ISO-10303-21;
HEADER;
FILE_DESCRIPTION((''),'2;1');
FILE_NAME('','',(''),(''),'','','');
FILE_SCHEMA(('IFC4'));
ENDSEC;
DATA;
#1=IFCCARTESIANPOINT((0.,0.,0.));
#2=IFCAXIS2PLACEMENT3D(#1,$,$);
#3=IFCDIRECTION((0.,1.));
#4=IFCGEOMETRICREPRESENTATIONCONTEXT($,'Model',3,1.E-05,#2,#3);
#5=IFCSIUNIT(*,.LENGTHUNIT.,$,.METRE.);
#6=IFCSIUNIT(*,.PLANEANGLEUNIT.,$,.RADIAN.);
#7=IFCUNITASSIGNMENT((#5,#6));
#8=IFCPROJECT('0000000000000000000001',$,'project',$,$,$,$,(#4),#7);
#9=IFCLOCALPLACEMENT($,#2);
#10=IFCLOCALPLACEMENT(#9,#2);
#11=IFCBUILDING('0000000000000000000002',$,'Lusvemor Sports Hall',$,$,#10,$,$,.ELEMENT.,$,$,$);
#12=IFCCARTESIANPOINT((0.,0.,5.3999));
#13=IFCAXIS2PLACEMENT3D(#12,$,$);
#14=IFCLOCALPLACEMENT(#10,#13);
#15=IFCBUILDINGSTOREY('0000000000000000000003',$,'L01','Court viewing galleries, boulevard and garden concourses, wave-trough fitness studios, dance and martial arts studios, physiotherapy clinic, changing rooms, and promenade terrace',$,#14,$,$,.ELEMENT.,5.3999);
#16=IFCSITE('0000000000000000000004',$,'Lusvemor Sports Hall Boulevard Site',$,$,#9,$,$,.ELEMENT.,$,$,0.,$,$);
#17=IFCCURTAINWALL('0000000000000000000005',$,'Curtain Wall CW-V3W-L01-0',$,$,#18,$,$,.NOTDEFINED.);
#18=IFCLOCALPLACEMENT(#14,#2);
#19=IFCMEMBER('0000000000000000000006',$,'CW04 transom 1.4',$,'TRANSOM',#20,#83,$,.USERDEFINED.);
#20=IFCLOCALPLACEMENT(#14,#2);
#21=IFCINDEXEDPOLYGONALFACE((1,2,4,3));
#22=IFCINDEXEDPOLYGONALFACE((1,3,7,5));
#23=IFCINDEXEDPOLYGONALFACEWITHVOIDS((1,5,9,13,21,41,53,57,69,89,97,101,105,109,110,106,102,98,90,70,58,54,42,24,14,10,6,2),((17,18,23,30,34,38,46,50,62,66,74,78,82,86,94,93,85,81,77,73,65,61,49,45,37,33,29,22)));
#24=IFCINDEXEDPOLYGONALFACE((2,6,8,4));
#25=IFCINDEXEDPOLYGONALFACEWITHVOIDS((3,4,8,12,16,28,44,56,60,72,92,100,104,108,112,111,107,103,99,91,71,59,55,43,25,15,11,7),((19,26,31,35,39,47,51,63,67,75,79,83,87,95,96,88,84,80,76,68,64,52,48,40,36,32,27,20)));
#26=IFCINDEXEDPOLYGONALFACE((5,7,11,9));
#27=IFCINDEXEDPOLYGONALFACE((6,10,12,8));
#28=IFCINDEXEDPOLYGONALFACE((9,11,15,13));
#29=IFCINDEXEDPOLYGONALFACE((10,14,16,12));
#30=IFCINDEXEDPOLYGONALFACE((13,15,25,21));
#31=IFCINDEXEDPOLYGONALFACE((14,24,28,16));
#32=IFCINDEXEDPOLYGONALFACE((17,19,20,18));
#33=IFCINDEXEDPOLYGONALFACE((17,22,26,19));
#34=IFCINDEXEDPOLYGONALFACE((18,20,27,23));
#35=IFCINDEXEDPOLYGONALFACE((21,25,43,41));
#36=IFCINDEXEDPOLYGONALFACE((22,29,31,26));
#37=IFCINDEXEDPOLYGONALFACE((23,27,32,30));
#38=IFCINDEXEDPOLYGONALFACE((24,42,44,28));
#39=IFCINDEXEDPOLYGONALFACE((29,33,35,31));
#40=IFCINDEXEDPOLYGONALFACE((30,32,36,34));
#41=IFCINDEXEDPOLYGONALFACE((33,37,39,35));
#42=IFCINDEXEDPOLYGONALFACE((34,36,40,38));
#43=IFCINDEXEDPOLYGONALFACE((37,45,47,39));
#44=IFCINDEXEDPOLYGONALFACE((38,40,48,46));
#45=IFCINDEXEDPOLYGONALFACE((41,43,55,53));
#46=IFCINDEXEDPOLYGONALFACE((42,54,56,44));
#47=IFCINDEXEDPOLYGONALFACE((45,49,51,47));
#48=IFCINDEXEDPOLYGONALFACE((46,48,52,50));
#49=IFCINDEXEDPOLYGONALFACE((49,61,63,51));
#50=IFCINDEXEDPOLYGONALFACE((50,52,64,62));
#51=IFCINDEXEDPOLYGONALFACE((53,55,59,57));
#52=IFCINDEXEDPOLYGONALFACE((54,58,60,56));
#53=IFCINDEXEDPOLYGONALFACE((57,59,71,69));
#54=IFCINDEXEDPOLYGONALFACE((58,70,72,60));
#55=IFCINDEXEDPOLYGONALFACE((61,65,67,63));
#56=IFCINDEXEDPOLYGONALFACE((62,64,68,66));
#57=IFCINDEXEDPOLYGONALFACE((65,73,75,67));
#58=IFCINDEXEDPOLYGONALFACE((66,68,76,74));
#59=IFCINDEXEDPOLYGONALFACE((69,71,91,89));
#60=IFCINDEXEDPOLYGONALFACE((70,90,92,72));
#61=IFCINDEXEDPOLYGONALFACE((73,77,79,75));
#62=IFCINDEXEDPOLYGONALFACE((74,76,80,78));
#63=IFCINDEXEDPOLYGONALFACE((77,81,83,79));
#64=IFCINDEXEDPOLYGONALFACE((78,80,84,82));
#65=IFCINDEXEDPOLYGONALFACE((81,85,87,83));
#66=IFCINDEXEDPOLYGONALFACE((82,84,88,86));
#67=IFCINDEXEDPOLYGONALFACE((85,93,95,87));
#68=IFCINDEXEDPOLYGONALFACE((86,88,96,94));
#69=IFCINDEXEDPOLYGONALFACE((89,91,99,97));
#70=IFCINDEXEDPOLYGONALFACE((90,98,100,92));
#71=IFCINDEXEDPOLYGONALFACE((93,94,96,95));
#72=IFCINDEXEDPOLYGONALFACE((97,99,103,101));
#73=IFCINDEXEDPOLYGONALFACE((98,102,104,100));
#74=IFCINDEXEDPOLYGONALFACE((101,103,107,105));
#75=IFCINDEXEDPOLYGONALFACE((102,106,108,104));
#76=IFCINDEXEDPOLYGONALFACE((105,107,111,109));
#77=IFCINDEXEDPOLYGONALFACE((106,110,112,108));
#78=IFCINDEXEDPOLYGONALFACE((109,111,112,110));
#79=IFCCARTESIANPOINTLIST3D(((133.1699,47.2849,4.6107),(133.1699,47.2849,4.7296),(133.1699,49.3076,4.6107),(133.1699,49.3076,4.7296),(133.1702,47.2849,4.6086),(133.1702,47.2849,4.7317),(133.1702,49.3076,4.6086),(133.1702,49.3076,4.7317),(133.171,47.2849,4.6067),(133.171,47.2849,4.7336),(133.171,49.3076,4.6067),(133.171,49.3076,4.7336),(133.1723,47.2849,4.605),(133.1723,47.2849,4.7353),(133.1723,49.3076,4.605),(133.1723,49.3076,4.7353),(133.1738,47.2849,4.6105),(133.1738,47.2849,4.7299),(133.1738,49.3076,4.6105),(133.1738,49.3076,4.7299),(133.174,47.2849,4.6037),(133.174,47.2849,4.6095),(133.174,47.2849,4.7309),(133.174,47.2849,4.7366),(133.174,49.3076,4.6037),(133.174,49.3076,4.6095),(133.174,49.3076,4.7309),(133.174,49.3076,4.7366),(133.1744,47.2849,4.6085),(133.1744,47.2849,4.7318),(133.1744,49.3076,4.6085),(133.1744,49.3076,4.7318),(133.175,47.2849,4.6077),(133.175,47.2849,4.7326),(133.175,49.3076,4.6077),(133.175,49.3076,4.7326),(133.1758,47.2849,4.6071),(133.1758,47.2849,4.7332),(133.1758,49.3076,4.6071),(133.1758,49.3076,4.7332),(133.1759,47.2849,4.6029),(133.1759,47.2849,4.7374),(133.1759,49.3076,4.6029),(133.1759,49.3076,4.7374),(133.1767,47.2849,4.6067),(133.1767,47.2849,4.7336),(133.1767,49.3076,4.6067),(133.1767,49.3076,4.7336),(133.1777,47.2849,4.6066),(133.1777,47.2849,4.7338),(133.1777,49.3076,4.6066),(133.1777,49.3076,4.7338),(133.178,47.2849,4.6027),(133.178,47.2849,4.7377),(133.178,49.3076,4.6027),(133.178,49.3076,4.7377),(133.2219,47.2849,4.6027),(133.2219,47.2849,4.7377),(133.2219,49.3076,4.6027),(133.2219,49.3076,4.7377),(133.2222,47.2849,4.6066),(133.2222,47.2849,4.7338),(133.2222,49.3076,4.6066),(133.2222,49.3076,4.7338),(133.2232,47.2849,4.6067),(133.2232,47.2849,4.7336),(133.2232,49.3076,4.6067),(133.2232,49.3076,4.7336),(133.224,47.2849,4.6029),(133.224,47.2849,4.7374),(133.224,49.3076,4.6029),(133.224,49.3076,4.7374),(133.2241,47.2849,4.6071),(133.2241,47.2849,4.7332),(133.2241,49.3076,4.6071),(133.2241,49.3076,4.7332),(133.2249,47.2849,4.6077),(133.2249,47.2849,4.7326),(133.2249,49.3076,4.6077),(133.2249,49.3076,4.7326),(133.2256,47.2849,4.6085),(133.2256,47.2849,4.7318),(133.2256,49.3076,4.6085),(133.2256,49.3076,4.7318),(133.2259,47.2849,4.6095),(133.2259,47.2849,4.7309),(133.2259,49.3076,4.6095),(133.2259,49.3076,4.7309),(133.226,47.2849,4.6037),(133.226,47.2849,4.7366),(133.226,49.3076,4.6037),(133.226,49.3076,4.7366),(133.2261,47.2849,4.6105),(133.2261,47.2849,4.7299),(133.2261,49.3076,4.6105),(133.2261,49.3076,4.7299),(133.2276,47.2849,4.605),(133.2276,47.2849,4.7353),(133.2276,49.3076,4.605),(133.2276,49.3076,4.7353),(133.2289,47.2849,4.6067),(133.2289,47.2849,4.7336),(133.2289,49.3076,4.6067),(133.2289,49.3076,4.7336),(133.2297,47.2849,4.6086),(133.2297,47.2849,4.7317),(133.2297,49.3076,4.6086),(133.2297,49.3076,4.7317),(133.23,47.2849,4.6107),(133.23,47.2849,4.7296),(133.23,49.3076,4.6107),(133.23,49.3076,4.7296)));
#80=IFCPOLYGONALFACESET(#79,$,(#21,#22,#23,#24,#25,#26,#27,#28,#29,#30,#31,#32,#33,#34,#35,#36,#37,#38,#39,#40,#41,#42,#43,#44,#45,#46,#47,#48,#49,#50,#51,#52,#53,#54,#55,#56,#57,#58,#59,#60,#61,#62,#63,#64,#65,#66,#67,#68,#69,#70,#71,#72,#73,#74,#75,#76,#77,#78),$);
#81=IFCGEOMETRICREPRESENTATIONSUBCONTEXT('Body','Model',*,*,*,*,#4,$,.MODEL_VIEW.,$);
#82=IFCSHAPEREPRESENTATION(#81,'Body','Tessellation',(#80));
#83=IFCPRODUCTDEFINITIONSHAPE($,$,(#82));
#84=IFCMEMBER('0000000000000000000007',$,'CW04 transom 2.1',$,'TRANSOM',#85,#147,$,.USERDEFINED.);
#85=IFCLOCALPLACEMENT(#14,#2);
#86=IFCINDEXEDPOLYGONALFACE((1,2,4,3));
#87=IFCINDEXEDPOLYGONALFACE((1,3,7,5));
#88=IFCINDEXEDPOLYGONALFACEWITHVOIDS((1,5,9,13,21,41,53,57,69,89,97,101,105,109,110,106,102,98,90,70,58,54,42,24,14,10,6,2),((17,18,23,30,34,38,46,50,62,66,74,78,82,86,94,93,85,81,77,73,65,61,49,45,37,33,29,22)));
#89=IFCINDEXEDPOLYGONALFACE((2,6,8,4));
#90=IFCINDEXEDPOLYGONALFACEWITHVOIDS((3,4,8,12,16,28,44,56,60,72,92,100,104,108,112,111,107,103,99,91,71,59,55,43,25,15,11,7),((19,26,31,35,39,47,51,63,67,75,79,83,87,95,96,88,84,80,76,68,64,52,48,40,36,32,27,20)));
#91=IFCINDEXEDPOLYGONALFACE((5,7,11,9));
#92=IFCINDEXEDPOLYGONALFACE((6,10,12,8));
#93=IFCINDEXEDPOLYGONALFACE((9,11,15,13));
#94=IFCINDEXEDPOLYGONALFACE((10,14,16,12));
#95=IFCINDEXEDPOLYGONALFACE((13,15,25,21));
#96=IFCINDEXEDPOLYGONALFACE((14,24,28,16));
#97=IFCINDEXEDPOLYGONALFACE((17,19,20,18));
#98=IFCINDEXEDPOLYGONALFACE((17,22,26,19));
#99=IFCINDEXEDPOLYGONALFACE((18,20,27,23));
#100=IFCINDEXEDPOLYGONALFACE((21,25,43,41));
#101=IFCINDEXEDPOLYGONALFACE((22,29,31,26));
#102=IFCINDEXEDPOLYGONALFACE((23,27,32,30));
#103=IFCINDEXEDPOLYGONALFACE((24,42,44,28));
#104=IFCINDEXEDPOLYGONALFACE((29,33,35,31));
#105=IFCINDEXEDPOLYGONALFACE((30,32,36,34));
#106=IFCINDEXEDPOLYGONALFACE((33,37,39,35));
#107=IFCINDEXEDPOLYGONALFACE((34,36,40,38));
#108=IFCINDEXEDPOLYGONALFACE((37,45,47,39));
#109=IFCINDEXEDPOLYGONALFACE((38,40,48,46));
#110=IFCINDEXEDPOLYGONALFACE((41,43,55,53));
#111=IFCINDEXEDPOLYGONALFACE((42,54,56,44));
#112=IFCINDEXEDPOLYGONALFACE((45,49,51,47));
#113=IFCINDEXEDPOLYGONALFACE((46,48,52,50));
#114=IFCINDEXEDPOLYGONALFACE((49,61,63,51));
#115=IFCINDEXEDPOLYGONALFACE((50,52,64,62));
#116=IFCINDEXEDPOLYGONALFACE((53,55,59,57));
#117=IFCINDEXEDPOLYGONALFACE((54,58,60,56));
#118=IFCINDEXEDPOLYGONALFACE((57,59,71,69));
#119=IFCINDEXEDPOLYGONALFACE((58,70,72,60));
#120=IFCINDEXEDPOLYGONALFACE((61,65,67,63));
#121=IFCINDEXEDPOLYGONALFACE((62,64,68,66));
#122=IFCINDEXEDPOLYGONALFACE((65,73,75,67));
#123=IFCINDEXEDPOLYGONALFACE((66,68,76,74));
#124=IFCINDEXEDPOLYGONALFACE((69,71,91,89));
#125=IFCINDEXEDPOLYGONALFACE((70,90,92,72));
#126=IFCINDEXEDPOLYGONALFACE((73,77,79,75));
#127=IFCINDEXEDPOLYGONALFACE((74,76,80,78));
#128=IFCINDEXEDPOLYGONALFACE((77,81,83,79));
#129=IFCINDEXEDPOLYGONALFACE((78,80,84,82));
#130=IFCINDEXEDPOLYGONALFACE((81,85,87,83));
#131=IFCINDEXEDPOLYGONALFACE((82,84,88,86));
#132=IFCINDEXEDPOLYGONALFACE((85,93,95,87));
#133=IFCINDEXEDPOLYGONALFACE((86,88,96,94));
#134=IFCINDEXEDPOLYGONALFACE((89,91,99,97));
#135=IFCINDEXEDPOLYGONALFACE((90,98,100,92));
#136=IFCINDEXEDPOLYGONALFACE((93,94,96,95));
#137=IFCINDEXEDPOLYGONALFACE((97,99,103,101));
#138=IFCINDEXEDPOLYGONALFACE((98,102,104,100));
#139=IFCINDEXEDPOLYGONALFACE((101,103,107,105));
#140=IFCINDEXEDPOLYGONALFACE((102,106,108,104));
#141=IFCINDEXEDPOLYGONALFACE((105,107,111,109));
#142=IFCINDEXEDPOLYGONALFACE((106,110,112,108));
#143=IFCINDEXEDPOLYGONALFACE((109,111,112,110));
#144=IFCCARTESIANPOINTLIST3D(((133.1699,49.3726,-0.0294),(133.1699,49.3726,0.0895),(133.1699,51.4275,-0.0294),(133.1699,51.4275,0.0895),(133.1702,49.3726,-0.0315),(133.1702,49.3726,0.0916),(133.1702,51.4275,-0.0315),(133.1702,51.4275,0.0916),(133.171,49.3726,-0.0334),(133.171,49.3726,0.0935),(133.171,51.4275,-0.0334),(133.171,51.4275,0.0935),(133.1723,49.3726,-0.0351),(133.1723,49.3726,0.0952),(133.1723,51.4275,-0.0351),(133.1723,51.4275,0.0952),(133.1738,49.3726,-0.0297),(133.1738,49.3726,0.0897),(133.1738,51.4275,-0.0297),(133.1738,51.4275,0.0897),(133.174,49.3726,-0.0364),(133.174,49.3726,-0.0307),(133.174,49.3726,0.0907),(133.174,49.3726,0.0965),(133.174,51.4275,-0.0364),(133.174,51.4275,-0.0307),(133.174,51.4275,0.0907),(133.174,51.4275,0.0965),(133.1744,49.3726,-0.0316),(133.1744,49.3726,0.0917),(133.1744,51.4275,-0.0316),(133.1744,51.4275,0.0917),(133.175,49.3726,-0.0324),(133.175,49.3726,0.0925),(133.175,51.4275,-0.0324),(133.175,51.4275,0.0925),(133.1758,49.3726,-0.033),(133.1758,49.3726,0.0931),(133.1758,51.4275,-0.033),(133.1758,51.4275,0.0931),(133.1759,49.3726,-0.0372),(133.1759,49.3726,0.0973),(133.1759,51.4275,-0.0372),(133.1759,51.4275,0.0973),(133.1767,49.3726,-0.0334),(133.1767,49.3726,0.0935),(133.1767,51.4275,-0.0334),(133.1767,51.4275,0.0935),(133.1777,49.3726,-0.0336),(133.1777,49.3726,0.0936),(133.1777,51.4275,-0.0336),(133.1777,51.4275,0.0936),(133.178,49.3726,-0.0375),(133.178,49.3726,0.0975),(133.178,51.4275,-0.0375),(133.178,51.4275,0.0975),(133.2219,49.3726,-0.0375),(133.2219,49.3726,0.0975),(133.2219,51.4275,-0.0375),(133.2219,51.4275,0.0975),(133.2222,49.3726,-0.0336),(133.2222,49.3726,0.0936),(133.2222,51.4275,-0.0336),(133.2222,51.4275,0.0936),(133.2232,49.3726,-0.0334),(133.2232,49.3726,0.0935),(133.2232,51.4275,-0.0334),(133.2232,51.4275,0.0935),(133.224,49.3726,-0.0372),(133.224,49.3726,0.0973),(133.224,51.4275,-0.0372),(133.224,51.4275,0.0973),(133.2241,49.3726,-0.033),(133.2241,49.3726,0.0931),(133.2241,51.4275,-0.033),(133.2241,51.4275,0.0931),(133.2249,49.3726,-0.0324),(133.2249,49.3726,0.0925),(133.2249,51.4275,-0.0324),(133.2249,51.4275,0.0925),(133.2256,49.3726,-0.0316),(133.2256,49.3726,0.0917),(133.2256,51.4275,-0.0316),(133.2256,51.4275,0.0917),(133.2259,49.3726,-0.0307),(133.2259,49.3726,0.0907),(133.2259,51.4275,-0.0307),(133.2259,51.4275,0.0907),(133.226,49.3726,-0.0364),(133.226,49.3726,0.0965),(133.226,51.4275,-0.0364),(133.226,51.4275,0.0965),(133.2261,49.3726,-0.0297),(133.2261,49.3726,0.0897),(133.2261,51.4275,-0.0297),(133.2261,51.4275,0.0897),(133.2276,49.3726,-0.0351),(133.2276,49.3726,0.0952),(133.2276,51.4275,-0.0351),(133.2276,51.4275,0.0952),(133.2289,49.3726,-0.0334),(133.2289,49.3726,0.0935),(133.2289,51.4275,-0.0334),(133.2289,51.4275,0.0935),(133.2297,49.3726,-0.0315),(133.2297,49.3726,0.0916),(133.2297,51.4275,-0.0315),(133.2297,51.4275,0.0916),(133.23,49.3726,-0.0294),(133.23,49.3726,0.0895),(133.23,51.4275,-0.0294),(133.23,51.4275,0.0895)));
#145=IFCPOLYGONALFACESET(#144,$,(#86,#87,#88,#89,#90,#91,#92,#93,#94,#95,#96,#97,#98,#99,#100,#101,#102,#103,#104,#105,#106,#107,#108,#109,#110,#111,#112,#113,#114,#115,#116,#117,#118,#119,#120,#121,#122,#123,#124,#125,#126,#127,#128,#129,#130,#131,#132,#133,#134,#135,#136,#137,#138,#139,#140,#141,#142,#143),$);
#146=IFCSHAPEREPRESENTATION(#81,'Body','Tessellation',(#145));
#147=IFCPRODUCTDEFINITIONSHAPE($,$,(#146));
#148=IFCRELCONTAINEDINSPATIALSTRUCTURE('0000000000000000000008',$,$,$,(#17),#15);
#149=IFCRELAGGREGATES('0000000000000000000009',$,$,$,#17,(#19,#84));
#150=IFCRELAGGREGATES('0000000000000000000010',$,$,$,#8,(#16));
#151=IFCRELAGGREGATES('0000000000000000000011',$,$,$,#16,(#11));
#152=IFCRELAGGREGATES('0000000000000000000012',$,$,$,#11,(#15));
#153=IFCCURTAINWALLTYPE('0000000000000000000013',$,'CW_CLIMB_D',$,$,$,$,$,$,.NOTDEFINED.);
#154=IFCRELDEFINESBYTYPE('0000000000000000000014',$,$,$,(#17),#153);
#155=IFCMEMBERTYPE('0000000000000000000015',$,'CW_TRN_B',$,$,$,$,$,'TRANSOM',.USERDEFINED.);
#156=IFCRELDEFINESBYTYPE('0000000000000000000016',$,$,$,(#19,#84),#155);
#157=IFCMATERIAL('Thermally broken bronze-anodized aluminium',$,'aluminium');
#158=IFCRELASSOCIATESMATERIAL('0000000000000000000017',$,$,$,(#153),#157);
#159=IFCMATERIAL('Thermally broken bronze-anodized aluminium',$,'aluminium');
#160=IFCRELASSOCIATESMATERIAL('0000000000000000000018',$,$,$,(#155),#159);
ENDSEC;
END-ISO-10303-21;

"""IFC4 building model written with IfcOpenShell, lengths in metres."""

from ifc_helpers import new_model, si_unit, direction, frame, origin, origin_2d, place, context, subcontext, project, spatial, hollow_rectangle, extrude, material, material_profile, profile_set, type_object, element, aggregate, save


model = new_model("IFC4")

# Units and contexts
model_context = context("Model", 3, precision=1e-05, world=origin(), true_north=direction((0.0, 1.0)))
body_context = subcontext(model_context, "Body", "Model", "MODEL_VIEW")
ifc_project = project(units=[si_unit("LENGTHUNIT", "METRE"), si_unit("PLANEANGLEUNIT", "RADIAN")], contexts=[model_context])

# Site, building, storey
site_placement = place(None, origin())
site = spatial("IfcSite", under=ifc_project, at=site_placement, Name="Lusvemor Sports Hall Boulevard Site", CompositionType="ELEMENT", RefElevation=0.0)
building_placement = place(site_placement, origin())
building = spatial("IfcBuilding", under=site, at=building_placement, Name="Lusvemor Sports Hall", CompositionType="ELEMENT")
storey_placement = place(building_placement, frame((0.0, 0.0, 5.3999)))
storey = spatial("IfcBuildingStorey", under=building, at=storey_placement, Name="L01", Description="Court viewing galleries, boulevard and garden concourses, wave-trough fitness studios, dance and martial arts studios, physiotherapy clinic, changing rooms, and promenade terrace", CompositionType="ELEMENT", Elevation=5.3999)

# Curtain wall
ifc_material_1 = material(Name="Thermally broken bronze-anodized aluminium", Category="aluminium")
curtain_wall_type_1 = type_object("IfcCurtainWallType", Name="CW_CLIMB_D", PredefinedType="NOTDEFINED", material=ifc_material_1)
curtain_wall_1_placement = place(storey_placement, origin())
curtain_wall_1 = element("IfcCurtainWall", 1, at=curtain_wall_1_placement, inside=storey, type_object=curtain_wall_type_1, Name="Curtain Wall CW-V3W-L01-0", PredefinedType="NOTDEFINED")

# Members
ifc_material_2 = material(Name="Thermally broken bronze-anodized aluminium", Category="aluminium")
ifc_material_profile_1 = material_profile(ifc_material_2, hollow_rectangle(XDim=0.0601, YDim=0.135, WallThickness=0.0039, InnerFilletRadius=0.0039, OuterFilletRadius=0.0081, at=origin_2d()), Name="CWTRN135x60x4")
ifc_profile_set_1 = profile_set([ifc_material_profile_1], Name="Thermally broken bronze-anodized aluminium")
member_type_1 = type_object("IfcMemberType", Name="CW_TRN_B", ElementType="TRANSOM", PredefinedType="USERDEFINED", material=ifc_profile_set_1)
member_1_placement = place(storey_placement, frame((133.2, 47.2849, 4.6702), z_axis=(0.0, 1.0, 0.0), x_axis=(-1.0, 0.0, 0.0)))
member_1 = element("IfcMember", 2, at=member_1_placement, type_object=member_type_1, Name="CW04 transom 1.4", ObjectType="TRANSOM", PredefinedType="USERDEFINED", context=body_context, shape_type="SweptSolid", body=[
    extrude(hollow_rectangle(XDim=0.0601, YDim=0.135, WallThickness=0.0039, InnerFilletRadius=0.0039, OuterFilletRadius=0.0081, at=origin_2d()), origin(), (0.0, 0.0, 1.0), 2.0227),
])
member_2_placement = place(storey_placement, frame((133.2, 49.3726, 0.03), z_axis=(0.0, 1.0, 0.0), x_axis=(-1.0, 0.0, 0.0)))
member_2 = element("IfcMember", 3, at=member_2_placement, type_object=member_type_1, Name="CW04 transom 2.1", ObjectType="TRANSOM", PredefinedType="USERDEFINED", context=body_context, shape_type="SweptSolid", body=[
    extrude(hollow_rectangle(XDim=0.0601, YDim=0.135, WallThickness=0.0039, InnerFilletRadius=0.0039, OuterFilletRadius=0.0081, at=origin_2d()), origin(), (0.0, 0.0, 1.0), 2.0549),
])

aggregate(curtain_wall_1, [member_1, member_2])

save(model, "model.ifc")
